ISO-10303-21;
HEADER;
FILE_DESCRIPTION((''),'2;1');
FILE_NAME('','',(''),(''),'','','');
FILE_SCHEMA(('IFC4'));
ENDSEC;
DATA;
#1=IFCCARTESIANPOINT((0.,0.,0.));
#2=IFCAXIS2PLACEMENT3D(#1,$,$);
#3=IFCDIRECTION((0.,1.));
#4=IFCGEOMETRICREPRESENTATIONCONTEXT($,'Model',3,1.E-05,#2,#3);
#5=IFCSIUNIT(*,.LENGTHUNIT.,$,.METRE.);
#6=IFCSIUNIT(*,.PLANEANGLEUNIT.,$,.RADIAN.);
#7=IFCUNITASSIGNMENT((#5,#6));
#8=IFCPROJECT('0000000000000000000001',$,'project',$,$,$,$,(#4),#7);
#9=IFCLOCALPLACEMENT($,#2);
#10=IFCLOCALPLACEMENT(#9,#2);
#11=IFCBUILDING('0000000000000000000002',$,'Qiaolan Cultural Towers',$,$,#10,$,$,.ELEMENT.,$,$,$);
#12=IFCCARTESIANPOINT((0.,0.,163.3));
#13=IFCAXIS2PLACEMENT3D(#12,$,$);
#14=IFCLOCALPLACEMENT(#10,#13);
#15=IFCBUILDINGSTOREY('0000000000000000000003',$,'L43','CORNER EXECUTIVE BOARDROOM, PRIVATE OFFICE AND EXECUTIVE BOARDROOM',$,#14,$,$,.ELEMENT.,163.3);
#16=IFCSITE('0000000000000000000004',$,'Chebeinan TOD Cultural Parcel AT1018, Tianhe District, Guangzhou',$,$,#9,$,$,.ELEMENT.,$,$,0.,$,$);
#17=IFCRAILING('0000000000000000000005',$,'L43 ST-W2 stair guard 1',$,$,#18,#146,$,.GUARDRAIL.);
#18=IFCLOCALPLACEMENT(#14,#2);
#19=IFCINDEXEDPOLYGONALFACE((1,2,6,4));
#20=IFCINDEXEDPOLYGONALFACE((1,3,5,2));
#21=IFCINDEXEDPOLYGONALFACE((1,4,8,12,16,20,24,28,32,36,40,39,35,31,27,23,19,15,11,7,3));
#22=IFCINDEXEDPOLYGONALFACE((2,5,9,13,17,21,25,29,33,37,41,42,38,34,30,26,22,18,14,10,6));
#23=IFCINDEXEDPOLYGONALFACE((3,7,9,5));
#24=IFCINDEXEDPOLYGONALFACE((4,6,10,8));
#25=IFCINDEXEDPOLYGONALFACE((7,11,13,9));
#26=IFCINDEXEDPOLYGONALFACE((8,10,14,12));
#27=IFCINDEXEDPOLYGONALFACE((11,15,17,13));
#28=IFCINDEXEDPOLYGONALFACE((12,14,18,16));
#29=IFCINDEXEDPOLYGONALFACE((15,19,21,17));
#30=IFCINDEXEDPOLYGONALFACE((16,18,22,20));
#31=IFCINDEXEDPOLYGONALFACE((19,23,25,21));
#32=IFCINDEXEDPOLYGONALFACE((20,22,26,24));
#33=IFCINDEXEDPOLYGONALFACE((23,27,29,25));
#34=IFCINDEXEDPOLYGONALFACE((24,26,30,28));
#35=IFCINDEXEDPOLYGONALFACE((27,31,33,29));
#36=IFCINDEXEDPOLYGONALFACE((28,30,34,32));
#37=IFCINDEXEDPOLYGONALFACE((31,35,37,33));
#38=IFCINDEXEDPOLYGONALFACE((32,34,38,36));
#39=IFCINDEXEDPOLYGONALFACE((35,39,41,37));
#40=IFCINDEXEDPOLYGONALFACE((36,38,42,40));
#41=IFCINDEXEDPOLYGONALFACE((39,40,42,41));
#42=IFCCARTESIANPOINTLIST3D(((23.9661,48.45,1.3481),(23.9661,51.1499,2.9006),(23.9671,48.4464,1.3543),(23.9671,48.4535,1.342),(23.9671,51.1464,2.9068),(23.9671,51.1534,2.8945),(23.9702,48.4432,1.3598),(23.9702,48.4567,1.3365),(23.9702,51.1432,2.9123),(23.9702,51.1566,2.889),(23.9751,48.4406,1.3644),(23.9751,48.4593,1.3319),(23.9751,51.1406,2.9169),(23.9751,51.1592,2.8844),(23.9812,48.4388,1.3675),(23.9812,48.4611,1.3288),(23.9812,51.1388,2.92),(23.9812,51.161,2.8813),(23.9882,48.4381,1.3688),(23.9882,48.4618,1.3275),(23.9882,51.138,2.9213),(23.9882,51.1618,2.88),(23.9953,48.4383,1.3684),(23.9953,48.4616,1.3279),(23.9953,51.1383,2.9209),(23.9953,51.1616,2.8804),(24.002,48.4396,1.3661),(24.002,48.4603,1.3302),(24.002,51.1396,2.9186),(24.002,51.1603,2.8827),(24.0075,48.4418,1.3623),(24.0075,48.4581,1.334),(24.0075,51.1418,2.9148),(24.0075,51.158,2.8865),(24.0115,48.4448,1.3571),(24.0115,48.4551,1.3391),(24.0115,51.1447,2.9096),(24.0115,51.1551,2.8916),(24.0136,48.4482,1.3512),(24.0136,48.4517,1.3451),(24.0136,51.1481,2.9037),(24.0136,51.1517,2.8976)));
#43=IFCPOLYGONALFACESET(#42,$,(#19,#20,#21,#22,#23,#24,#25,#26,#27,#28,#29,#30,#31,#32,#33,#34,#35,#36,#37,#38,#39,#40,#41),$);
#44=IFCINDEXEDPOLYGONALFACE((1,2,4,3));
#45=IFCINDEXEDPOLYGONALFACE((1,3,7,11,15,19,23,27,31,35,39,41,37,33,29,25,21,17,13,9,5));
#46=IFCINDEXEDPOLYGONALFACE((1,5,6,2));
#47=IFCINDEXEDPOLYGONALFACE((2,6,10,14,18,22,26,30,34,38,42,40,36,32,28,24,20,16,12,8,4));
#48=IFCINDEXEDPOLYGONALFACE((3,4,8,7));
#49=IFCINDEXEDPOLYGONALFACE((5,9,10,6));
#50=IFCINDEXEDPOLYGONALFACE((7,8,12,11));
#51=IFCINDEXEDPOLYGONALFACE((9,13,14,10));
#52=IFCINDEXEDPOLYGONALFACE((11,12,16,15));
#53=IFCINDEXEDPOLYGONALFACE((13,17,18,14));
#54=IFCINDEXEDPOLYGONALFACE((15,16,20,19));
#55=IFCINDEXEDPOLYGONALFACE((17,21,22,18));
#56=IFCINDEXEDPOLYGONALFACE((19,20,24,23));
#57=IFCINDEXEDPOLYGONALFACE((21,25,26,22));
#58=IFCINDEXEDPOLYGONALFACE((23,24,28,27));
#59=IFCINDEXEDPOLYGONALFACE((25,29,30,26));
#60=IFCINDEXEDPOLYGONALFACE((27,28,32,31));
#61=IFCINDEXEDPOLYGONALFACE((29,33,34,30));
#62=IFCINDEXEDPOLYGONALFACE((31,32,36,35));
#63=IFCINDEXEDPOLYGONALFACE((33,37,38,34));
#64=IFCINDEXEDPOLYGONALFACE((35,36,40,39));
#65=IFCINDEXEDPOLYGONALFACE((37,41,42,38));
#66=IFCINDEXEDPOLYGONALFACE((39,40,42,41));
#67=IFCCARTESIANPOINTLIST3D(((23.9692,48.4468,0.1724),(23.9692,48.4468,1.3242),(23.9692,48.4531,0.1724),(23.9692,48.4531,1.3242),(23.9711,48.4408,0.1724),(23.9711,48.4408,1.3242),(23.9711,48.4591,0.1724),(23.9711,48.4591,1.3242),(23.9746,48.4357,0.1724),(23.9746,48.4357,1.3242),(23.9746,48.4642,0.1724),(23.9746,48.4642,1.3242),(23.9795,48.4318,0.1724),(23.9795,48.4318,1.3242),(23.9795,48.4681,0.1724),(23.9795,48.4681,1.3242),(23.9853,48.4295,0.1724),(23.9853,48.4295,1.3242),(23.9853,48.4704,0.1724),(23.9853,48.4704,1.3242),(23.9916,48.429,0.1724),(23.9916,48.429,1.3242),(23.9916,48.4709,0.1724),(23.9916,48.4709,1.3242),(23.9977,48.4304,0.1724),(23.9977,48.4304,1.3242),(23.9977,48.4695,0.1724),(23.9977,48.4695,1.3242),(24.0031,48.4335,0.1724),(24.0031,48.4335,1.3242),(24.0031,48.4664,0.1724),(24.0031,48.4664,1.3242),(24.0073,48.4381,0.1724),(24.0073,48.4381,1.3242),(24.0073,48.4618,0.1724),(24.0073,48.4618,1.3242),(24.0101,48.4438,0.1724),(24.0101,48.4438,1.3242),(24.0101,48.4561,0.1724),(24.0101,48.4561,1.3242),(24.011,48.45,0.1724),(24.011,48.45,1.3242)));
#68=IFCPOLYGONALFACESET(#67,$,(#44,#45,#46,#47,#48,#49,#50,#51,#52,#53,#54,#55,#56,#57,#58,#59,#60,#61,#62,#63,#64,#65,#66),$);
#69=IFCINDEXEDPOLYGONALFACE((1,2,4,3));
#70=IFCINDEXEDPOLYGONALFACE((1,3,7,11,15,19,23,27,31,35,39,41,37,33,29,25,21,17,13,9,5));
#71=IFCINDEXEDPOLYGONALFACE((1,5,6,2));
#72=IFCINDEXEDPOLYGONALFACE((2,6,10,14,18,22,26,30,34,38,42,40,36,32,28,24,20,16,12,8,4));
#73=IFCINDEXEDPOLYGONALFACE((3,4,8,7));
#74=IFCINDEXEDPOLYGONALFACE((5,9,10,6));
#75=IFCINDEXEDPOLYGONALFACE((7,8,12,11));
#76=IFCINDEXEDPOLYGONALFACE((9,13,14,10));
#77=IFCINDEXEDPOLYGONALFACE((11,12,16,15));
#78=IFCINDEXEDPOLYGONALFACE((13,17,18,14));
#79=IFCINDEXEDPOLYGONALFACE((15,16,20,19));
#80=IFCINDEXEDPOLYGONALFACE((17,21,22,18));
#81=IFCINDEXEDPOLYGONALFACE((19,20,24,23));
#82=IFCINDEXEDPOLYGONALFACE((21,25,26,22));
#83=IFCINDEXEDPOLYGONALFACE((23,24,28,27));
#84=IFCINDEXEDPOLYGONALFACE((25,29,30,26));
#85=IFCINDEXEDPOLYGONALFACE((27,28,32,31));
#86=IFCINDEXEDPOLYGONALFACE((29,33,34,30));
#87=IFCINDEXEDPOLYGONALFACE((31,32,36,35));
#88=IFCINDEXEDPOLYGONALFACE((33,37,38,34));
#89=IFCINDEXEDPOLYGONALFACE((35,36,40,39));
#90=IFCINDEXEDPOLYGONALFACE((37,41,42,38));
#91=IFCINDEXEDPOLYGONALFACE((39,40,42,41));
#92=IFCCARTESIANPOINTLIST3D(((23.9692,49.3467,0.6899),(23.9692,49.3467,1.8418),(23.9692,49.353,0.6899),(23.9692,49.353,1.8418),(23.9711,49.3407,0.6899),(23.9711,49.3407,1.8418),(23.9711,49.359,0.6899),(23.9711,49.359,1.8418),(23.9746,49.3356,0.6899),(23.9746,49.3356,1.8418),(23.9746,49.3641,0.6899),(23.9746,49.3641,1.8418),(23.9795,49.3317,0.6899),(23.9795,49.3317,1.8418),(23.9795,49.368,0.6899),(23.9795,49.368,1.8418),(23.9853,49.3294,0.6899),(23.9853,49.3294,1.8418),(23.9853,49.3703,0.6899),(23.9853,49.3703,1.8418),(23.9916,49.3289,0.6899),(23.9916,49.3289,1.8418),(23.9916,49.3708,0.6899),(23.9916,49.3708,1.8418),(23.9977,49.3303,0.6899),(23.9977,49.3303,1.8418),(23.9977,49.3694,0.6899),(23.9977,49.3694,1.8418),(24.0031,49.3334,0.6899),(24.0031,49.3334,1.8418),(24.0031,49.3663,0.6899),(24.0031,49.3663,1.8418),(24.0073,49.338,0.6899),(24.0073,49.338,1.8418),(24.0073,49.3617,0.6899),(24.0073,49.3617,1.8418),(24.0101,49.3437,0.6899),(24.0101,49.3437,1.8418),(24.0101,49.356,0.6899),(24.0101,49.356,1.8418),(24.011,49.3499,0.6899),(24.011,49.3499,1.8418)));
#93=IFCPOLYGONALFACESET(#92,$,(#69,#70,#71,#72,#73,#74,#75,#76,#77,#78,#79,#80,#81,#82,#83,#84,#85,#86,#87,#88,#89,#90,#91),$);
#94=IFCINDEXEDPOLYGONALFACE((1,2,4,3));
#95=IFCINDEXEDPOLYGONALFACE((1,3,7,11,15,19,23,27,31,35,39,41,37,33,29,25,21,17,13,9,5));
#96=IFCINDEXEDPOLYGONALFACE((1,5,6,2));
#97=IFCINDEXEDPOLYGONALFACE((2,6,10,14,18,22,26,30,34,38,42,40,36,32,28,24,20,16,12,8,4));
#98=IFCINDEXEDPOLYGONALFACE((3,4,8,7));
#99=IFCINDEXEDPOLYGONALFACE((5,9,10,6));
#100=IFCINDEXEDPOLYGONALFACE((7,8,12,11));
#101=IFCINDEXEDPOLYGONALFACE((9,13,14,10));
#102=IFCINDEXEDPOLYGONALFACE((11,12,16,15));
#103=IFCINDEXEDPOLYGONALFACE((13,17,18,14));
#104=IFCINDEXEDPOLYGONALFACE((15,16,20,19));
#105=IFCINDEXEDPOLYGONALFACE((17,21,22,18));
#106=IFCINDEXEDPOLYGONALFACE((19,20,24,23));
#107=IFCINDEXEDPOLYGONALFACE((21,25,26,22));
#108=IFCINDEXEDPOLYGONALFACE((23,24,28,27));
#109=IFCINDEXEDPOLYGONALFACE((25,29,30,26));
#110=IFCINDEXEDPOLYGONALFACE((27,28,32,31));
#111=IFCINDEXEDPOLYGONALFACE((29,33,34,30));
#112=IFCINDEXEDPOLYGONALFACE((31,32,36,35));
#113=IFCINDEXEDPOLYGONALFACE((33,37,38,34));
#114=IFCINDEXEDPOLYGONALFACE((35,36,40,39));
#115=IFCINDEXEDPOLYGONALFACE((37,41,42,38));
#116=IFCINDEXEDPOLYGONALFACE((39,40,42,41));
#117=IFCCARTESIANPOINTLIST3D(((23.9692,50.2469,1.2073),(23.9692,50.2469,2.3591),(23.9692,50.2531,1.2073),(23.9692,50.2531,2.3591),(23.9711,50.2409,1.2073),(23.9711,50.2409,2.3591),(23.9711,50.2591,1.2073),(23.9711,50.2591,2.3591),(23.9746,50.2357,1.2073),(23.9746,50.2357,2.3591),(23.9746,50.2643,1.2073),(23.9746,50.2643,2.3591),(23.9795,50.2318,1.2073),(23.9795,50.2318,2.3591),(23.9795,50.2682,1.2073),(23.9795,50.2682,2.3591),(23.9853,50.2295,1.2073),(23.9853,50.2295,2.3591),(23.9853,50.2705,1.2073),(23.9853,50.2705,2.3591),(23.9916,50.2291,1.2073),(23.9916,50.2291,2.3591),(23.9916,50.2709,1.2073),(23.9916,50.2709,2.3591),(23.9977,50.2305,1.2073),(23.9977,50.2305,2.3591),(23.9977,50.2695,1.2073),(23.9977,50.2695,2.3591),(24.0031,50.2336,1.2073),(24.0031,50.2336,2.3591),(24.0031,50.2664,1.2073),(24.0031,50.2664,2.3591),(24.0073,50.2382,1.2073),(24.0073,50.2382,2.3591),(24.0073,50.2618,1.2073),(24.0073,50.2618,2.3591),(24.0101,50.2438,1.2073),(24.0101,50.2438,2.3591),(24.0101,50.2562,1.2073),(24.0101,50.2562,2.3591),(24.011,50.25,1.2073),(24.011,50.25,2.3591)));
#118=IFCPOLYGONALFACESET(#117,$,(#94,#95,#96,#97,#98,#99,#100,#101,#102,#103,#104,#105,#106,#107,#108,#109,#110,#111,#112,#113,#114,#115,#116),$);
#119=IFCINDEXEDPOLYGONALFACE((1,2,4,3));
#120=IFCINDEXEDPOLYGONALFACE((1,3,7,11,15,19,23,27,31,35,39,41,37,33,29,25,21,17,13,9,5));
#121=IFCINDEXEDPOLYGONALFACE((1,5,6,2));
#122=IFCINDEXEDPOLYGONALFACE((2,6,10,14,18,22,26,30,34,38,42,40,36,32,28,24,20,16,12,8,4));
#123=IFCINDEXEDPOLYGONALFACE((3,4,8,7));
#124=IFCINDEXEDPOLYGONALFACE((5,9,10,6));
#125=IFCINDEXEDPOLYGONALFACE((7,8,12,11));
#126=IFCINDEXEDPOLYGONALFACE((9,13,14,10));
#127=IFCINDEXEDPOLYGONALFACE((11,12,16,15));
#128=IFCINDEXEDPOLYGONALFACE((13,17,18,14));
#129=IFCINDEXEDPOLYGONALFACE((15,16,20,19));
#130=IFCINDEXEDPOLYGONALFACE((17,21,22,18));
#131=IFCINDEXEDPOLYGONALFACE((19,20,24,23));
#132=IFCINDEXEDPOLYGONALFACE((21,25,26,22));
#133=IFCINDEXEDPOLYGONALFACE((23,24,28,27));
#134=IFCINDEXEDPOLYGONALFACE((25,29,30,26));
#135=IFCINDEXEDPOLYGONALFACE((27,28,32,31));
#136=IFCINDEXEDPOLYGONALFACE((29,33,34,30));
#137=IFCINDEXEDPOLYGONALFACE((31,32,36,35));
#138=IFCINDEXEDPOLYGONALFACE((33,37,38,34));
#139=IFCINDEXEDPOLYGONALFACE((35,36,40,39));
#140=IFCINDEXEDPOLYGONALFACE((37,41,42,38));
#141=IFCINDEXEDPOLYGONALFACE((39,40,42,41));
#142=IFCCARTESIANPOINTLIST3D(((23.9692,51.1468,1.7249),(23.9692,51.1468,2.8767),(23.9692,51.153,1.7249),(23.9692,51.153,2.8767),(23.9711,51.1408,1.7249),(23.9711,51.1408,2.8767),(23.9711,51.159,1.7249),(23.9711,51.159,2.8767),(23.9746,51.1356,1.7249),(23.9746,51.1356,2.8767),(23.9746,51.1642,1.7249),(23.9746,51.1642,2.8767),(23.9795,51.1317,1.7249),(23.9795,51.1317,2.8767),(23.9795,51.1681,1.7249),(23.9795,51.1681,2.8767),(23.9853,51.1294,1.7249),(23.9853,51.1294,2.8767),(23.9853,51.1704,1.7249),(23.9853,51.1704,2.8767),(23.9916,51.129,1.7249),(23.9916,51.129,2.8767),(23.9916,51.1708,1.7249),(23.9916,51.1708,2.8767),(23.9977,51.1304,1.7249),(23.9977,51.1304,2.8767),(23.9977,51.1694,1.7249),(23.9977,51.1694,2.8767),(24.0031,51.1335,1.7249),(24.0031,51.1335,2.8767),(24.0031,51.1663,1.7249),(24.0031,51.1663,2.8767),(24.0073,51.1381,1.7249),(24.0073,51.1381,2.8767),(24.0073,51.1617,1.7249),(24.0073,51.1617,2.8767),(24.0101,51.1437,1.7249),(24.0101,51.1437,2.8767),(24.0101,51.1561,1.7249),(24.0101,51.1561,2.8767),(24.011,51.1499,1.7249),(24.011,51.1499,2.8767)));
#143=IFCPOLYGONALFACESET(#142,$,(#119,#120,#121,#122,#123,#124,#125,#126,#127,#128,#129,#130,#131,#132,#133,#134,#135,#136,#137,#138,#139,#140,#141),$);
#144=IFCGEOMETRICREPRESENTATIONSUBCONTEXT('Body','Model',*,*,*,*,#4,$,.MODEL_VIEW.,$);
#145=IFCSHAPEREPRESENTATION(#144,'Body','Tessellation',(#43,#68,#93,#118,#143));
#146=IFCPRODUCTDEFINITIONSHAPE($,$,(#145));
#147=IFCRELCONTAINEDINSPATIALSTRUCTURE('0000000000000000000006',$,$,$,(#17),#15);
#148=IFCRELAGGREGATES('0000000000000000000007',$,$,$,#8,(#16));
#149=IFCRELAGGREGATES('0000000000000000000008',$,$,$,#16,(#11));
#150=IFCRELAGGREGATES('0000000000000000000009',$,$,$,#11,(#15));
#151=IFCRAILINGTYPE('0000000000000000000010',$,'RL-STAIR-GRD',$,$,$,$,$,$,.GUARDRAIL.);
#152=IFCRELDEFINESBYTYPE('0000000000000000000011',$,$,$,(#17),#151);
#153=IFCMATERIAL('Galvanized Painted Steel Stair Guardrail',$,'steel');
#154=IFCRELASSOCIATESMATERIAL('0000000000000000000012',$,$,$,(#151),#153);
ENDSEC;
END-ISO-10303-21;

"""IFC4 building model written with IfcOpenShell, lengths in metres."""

from ifc_helpers import new_model, si_unit, direction, frame, origin, origin_2d, place, context, subcontext, project, spatial, circle, extrude, material, type_object, element, save


model = new_model("IFC4")

# Units and contexts
model_context = context("Model", 3, precision=1e-05, world=origin(), true_north=direction((0.0, 1.0)))
body_context = subcontext(model_context, "Body", "Model", "MODEL_VIEW")
ifc_project = project(units=[si_unit("LENGTHUNIT", "METRE"), si_unit("PLANEANGLEUNIT", "RADIAN")], contexts=[model_context])

# Site, building, storey
site_placement = place(None, origin())
site = spatial("IfcSite", under=ifc_project, at=site_placement, Name="Chebeinan TOD Cultural Parcel AT1018, Tianhe District, Guangzhou", CompositionType="ELEMENT", RefElevation=0.0)
building_placement = place(site_placement, origin())
building = spatial("IfcBuilding", under=site, at=building_placement, Name="Qiaolan Cultural Towers", CompositionType="ELEMENT")
storey_placement = place(building_placement, frame((0.0, 0.0, 163.3)))
storey = spatial("IfcBuildingStorey", under=building, at=storey_placement, Name="L43", Description="CORNER EXECUTIVE BOARDROOM, PRIVATE OFFICE AND EXECUTIVE BOARDROOM", CompositionType="ELEMENT", Elevation=163.3)

# Railing
ifc_material_1 = material(Name="Galvanized Painted Steel Stair Guardrail", Category="steel")
railing_type_1 = type_object("IfcRailingType", Name="RL-STAIR-GRD", PredefinedType="GUARDRAIL", material=ifc_material_1)
railing_1_placement = place(storey_placement, frame((23.99, 48.45, 0.1724)))
element("IfcRailing", 1, at=railing_1_placement, inside=storey, type_object=railing_type_1, Name="L43 ST-W2 stair guard 1", PredefinedType="GUARDRAIL", context=body_context, shape_type="SweptSolid", body=[
    extrude(circle(Radius=0.0239, at=origin_2d()), frame((0.0, 0.0, 1.1758), z_axis=(0.0, 0.866904, 0.498476), x_axis=(-1.0, 0.0, 0.0)), (0.0, 0.0, 1.0), 3.1145),
    extrude(circle(Radius=0.021, at=origin_2d()), origin(), (0.0, 0.0, 1.0), 1.1519),
    extrude(circle(Radius=0.021, at=origin_2d()), frame((0.0, 0.8999, 0.5176)), (0.0, 0.0, 1.0), 1.1519),
    extrude(circle(Radius=0.021, at=origin_2d()), frame((0.0, 1.8, 1.0349)), (0.0, 0.0, 1.0), 1.1519),
    extrude(circle(Radius=0.021, at=origin_2d()), frame((0.0, 2.7, 1.5525)), (0.0, 0.0, 1.0), 1.1519),
])

save(model, "model.ifc")
